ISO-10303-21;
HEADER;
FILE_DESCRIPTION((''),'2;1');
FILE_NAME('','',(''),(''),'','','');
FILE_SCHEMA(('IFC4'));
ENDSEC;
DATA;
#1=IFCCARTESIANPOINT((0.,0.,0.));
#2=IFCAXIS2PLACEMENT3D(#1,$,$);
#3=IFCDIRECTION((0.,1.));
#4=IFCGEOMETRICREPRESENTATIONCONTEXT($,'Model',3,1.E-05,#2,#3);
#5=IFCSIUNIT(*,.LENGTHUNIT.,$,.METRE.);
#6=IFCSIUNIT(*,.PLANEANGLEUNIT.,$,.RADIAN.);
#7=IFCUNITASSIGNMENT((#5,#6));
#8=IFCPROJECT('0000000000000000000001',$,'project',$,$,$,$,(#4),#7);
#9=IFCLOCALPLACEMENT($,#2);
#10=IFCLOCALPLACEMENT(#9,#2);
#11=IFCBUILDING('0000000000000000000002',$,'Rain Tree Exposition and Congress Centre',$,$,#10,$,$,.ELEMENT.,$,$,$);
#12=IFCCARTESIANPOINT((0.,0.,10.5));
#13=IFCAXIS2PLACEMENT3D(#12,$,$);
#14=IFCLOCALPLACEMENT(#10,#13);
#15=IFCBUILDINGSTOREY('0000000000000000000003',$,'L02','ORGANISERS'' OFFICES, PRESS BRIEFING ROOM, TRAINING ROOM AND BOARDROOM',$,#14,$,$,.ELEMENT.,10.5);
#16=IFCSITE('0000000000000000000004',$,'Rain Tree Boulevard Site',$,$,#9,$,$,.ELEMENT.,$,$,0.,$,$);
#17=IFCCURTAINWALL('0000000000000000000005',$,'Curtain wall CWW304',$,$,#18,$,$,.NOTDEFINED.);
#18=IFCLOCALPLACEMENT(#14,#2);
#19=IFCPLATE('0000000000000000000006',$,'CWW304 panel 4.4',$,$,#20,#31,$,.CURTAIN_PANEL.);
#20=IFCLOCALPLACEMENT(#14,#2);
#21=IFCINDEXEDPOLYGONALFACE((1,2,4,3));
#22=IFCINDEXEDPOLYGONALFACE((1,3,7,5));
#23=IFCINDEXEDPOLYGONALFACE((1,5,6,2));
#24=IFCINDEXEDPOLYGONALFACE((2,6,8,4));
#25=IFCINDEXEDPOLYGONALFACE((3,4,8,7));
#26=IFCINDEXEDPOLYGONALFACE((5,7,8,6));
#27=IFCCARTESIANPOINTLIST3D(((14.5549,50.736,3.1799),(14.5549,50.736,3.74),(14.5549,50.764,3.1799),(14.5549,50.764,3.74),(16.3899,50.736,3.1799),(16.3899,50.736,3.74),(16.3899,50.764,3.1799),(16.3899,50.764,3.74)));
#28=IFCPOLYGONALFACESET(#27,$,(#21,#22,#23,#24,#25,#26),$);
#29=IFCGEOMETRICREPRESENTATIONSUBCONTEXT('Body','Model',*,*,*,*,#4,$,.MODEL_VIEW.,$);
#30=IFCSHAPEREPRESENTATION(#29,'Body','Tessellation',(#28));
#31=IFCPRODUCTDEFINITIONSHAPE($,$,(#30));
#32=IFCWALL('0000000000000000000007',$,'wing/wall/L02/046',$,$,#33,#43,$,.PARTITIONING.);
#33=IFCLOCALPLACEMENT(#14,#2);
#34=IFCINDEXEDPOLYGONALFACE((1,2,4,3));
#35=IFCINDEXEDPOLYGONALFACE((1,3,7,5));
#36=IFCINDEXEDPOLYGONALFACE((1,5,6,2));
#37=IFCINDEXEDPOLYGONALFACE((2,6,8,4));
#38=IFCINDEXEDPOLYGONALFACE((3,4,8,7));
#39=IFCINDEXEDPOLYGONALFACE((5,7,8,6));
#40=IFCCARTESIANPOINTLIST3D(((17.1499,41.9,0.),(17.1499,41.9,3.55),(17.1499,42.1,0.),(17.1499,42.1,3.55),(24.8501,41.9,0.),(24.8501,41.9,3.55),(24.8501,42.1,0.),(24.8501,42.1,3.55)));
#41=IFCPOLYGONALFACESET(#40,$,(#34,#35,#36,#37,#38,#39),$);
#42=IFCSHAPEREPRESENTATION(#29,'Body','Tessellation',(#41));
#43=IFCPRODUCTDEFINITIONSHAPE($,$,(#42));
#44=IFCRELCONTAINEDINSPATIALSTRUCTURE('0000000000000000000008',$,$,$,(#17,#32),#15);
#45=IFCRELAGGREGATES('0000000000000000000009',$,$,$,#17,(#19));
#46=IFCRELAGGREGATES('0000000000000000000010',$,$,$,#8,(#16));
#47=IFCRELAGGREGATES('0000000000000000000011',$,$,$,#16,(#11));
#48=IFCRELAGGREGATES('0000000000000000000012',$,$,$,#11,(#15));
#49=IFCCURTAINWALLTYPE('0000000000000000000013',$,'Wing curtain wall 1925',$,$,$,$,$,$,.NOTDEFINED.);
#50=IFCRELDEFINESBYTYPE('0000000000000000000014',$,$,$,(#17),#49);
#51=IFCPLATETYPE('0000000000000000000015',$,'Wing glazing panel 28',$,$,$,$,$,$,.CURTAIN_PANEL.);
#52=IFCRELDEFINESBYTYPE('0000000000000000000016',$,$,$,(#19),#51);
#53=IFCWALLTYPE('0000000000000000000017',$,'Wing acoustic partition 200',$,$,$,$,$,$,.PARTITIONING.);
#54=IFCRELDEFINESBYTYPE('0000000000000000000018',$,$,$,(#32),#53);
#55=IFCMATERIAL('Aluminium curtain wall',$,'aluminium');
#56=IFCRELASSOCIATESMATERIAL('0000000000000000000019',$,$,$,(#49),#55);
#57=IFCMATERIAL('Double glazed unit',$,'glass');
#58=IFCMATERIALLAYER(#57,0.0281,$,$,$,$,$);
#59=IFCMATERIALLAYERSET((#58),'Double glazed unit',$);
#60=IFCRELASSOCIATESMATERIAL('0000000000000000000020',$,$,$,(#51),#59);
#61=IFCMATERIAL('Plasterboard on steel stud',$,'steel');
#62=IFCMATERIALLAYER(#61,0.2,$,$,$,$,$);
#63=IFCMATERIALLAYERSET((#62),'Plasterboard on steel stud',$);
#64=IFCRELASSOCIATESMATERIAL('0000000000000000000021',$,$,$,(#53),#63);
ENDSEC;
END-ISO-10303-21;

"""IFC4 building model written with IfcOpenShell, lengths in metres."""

from ifc_helpers import new_model, si_unit, direction, frame, frame_2d, origin, origin_2d, place, context, subcontext, project, spatial, rectangle, extrude, material, layer, layer_set, type_object, element, aggregate, save


model = new_model("IFC4")

# Units and contexts
model_context = context("Model", 3, precision=1e-05, world=origin(), true_north=direction((0.0, 1.0)))
body_context = subcontext(model_context, "Body", "Model", "MODEL_VIEW")
ifc_project = project(units=[si_unit("LENGTHUNIT", "METRE"), si_unit("PLANEANGLEUNIT", "RADIAN")], contexts=[model_context])

# Site, building, storey
site_placement = place(None, origin())
site = spatial("IfcSite", under=ifc_project, at=site_placement, Name="Rain Tree Boulevard Site", CompositionType="ELEMENT", RefElevation=0.0)
building_placement = place(site_placement, origin())
building = spatial("IfcBuilding", under=site, at=building_placement, Name="Rain Tree Exposition and Congress Centre", CompositionType="ELEMENT")
storey_placement = place(building_placement, frame((0.0, 0.0, 10.5)))
storey = spatial("IfcBuildingStorey", under=building, at=storey_placement, Name="L02", Description="ORGANISERS' OFFICES, PRESS BRIEFING ROOM, TRAINING ROOM AND BOARDROOM", CompositionType="ELEMENT", Elevation=10.5)

# Curtain wall
ifc_material_1 = material(Name="Aluminium curtain wall", Category="aluminium")
curtain_wall_type = type_object("IfcCurtainWallType", Name="Wing curtain wall 1925", PredefinedType="NOTDEFINED", material=ifc_material_1)
curtain_wall_1_placement = place(storey_placement, origin())
curtain_wall_1 = element("IfcCurtainWall", 1, at=curtain_wall_1_placement, inside=storey, type_object=curtain_wall_type, Name="Curtain wall CWW304", PredefinedType="NOTDEFINED")

# Plate
ifc_material_2 = material(Name="Double glazed unit", Category="glass")
ifc_layer_1 = layer(ifc_material_2, 0.0281)
ifc_layer_set_1 = layer_set([ifc_layer_1], Name="Double glazed unit")
plate_type = type_object("IfcPlateType", Name="Wing glazing panel 28", PredefinedType="CURTAIN_PANEL", material=ifc_layer_set_1)
plate_1_placement = place(storey_placement, frame((15.4724, 50.75, 3.1799), z_axis=(0.0, 0.0, 1.0), x_axis=(1.0, 0.0, 0.0)))
plate_1 = element("IfcPlate", 2, at=plate_1_placement, type_object=plate_type, Name="CWW304 panel 4.4", PredefinedType="CURTAIN_PANEL", context=body_context, shape_type="SweptSolid", body=[
    extrude(rectangle(XDim=1.835, YDim=0.0281, at=origin_2d()), origin(), (0.0, 0.0, 1.0), 0.5601),
])
aggregate(curtain_wall_1, [plate_1])

# Wall
ifc_material_3 = material(Name="Plasterboard on steel stud", Category="steel")
ifc_layer_2 = layer(ifc_material_3, 0.2)
ifc_layer_set_2 = layer_set([ifc_layer_2], Name="Plasterboard on steel stud")
wall_type_1 = type_object("IfcWallType", Name="Wing acoustic partition 200", PredefinedType="PARTITIONING", material=ifc_layer_set_2)
wall_1_placement = place(storey_placement, frame((17.1499, 42.0, 0.0), z_axis=(0.0, 0.0, 1.0), x_axis=(1.0, 0.0, 0.0)))
element("IfcWall", 3, at=wall_1_placement, inside=storey, type_object=wall_type_1, Name="wing/wall/L02/046", PredefinedType="PARTITIONING", context=body_context, shape_type="SweptSolid", body=[
    extrude(rectangle(XDim=7.7002, YDim=0.2, at=frame_2d((3.8501, 0.0))), origin(), (0.0, 0.0, 1.0), 3.55),
])

save(model, "model.ifc")
